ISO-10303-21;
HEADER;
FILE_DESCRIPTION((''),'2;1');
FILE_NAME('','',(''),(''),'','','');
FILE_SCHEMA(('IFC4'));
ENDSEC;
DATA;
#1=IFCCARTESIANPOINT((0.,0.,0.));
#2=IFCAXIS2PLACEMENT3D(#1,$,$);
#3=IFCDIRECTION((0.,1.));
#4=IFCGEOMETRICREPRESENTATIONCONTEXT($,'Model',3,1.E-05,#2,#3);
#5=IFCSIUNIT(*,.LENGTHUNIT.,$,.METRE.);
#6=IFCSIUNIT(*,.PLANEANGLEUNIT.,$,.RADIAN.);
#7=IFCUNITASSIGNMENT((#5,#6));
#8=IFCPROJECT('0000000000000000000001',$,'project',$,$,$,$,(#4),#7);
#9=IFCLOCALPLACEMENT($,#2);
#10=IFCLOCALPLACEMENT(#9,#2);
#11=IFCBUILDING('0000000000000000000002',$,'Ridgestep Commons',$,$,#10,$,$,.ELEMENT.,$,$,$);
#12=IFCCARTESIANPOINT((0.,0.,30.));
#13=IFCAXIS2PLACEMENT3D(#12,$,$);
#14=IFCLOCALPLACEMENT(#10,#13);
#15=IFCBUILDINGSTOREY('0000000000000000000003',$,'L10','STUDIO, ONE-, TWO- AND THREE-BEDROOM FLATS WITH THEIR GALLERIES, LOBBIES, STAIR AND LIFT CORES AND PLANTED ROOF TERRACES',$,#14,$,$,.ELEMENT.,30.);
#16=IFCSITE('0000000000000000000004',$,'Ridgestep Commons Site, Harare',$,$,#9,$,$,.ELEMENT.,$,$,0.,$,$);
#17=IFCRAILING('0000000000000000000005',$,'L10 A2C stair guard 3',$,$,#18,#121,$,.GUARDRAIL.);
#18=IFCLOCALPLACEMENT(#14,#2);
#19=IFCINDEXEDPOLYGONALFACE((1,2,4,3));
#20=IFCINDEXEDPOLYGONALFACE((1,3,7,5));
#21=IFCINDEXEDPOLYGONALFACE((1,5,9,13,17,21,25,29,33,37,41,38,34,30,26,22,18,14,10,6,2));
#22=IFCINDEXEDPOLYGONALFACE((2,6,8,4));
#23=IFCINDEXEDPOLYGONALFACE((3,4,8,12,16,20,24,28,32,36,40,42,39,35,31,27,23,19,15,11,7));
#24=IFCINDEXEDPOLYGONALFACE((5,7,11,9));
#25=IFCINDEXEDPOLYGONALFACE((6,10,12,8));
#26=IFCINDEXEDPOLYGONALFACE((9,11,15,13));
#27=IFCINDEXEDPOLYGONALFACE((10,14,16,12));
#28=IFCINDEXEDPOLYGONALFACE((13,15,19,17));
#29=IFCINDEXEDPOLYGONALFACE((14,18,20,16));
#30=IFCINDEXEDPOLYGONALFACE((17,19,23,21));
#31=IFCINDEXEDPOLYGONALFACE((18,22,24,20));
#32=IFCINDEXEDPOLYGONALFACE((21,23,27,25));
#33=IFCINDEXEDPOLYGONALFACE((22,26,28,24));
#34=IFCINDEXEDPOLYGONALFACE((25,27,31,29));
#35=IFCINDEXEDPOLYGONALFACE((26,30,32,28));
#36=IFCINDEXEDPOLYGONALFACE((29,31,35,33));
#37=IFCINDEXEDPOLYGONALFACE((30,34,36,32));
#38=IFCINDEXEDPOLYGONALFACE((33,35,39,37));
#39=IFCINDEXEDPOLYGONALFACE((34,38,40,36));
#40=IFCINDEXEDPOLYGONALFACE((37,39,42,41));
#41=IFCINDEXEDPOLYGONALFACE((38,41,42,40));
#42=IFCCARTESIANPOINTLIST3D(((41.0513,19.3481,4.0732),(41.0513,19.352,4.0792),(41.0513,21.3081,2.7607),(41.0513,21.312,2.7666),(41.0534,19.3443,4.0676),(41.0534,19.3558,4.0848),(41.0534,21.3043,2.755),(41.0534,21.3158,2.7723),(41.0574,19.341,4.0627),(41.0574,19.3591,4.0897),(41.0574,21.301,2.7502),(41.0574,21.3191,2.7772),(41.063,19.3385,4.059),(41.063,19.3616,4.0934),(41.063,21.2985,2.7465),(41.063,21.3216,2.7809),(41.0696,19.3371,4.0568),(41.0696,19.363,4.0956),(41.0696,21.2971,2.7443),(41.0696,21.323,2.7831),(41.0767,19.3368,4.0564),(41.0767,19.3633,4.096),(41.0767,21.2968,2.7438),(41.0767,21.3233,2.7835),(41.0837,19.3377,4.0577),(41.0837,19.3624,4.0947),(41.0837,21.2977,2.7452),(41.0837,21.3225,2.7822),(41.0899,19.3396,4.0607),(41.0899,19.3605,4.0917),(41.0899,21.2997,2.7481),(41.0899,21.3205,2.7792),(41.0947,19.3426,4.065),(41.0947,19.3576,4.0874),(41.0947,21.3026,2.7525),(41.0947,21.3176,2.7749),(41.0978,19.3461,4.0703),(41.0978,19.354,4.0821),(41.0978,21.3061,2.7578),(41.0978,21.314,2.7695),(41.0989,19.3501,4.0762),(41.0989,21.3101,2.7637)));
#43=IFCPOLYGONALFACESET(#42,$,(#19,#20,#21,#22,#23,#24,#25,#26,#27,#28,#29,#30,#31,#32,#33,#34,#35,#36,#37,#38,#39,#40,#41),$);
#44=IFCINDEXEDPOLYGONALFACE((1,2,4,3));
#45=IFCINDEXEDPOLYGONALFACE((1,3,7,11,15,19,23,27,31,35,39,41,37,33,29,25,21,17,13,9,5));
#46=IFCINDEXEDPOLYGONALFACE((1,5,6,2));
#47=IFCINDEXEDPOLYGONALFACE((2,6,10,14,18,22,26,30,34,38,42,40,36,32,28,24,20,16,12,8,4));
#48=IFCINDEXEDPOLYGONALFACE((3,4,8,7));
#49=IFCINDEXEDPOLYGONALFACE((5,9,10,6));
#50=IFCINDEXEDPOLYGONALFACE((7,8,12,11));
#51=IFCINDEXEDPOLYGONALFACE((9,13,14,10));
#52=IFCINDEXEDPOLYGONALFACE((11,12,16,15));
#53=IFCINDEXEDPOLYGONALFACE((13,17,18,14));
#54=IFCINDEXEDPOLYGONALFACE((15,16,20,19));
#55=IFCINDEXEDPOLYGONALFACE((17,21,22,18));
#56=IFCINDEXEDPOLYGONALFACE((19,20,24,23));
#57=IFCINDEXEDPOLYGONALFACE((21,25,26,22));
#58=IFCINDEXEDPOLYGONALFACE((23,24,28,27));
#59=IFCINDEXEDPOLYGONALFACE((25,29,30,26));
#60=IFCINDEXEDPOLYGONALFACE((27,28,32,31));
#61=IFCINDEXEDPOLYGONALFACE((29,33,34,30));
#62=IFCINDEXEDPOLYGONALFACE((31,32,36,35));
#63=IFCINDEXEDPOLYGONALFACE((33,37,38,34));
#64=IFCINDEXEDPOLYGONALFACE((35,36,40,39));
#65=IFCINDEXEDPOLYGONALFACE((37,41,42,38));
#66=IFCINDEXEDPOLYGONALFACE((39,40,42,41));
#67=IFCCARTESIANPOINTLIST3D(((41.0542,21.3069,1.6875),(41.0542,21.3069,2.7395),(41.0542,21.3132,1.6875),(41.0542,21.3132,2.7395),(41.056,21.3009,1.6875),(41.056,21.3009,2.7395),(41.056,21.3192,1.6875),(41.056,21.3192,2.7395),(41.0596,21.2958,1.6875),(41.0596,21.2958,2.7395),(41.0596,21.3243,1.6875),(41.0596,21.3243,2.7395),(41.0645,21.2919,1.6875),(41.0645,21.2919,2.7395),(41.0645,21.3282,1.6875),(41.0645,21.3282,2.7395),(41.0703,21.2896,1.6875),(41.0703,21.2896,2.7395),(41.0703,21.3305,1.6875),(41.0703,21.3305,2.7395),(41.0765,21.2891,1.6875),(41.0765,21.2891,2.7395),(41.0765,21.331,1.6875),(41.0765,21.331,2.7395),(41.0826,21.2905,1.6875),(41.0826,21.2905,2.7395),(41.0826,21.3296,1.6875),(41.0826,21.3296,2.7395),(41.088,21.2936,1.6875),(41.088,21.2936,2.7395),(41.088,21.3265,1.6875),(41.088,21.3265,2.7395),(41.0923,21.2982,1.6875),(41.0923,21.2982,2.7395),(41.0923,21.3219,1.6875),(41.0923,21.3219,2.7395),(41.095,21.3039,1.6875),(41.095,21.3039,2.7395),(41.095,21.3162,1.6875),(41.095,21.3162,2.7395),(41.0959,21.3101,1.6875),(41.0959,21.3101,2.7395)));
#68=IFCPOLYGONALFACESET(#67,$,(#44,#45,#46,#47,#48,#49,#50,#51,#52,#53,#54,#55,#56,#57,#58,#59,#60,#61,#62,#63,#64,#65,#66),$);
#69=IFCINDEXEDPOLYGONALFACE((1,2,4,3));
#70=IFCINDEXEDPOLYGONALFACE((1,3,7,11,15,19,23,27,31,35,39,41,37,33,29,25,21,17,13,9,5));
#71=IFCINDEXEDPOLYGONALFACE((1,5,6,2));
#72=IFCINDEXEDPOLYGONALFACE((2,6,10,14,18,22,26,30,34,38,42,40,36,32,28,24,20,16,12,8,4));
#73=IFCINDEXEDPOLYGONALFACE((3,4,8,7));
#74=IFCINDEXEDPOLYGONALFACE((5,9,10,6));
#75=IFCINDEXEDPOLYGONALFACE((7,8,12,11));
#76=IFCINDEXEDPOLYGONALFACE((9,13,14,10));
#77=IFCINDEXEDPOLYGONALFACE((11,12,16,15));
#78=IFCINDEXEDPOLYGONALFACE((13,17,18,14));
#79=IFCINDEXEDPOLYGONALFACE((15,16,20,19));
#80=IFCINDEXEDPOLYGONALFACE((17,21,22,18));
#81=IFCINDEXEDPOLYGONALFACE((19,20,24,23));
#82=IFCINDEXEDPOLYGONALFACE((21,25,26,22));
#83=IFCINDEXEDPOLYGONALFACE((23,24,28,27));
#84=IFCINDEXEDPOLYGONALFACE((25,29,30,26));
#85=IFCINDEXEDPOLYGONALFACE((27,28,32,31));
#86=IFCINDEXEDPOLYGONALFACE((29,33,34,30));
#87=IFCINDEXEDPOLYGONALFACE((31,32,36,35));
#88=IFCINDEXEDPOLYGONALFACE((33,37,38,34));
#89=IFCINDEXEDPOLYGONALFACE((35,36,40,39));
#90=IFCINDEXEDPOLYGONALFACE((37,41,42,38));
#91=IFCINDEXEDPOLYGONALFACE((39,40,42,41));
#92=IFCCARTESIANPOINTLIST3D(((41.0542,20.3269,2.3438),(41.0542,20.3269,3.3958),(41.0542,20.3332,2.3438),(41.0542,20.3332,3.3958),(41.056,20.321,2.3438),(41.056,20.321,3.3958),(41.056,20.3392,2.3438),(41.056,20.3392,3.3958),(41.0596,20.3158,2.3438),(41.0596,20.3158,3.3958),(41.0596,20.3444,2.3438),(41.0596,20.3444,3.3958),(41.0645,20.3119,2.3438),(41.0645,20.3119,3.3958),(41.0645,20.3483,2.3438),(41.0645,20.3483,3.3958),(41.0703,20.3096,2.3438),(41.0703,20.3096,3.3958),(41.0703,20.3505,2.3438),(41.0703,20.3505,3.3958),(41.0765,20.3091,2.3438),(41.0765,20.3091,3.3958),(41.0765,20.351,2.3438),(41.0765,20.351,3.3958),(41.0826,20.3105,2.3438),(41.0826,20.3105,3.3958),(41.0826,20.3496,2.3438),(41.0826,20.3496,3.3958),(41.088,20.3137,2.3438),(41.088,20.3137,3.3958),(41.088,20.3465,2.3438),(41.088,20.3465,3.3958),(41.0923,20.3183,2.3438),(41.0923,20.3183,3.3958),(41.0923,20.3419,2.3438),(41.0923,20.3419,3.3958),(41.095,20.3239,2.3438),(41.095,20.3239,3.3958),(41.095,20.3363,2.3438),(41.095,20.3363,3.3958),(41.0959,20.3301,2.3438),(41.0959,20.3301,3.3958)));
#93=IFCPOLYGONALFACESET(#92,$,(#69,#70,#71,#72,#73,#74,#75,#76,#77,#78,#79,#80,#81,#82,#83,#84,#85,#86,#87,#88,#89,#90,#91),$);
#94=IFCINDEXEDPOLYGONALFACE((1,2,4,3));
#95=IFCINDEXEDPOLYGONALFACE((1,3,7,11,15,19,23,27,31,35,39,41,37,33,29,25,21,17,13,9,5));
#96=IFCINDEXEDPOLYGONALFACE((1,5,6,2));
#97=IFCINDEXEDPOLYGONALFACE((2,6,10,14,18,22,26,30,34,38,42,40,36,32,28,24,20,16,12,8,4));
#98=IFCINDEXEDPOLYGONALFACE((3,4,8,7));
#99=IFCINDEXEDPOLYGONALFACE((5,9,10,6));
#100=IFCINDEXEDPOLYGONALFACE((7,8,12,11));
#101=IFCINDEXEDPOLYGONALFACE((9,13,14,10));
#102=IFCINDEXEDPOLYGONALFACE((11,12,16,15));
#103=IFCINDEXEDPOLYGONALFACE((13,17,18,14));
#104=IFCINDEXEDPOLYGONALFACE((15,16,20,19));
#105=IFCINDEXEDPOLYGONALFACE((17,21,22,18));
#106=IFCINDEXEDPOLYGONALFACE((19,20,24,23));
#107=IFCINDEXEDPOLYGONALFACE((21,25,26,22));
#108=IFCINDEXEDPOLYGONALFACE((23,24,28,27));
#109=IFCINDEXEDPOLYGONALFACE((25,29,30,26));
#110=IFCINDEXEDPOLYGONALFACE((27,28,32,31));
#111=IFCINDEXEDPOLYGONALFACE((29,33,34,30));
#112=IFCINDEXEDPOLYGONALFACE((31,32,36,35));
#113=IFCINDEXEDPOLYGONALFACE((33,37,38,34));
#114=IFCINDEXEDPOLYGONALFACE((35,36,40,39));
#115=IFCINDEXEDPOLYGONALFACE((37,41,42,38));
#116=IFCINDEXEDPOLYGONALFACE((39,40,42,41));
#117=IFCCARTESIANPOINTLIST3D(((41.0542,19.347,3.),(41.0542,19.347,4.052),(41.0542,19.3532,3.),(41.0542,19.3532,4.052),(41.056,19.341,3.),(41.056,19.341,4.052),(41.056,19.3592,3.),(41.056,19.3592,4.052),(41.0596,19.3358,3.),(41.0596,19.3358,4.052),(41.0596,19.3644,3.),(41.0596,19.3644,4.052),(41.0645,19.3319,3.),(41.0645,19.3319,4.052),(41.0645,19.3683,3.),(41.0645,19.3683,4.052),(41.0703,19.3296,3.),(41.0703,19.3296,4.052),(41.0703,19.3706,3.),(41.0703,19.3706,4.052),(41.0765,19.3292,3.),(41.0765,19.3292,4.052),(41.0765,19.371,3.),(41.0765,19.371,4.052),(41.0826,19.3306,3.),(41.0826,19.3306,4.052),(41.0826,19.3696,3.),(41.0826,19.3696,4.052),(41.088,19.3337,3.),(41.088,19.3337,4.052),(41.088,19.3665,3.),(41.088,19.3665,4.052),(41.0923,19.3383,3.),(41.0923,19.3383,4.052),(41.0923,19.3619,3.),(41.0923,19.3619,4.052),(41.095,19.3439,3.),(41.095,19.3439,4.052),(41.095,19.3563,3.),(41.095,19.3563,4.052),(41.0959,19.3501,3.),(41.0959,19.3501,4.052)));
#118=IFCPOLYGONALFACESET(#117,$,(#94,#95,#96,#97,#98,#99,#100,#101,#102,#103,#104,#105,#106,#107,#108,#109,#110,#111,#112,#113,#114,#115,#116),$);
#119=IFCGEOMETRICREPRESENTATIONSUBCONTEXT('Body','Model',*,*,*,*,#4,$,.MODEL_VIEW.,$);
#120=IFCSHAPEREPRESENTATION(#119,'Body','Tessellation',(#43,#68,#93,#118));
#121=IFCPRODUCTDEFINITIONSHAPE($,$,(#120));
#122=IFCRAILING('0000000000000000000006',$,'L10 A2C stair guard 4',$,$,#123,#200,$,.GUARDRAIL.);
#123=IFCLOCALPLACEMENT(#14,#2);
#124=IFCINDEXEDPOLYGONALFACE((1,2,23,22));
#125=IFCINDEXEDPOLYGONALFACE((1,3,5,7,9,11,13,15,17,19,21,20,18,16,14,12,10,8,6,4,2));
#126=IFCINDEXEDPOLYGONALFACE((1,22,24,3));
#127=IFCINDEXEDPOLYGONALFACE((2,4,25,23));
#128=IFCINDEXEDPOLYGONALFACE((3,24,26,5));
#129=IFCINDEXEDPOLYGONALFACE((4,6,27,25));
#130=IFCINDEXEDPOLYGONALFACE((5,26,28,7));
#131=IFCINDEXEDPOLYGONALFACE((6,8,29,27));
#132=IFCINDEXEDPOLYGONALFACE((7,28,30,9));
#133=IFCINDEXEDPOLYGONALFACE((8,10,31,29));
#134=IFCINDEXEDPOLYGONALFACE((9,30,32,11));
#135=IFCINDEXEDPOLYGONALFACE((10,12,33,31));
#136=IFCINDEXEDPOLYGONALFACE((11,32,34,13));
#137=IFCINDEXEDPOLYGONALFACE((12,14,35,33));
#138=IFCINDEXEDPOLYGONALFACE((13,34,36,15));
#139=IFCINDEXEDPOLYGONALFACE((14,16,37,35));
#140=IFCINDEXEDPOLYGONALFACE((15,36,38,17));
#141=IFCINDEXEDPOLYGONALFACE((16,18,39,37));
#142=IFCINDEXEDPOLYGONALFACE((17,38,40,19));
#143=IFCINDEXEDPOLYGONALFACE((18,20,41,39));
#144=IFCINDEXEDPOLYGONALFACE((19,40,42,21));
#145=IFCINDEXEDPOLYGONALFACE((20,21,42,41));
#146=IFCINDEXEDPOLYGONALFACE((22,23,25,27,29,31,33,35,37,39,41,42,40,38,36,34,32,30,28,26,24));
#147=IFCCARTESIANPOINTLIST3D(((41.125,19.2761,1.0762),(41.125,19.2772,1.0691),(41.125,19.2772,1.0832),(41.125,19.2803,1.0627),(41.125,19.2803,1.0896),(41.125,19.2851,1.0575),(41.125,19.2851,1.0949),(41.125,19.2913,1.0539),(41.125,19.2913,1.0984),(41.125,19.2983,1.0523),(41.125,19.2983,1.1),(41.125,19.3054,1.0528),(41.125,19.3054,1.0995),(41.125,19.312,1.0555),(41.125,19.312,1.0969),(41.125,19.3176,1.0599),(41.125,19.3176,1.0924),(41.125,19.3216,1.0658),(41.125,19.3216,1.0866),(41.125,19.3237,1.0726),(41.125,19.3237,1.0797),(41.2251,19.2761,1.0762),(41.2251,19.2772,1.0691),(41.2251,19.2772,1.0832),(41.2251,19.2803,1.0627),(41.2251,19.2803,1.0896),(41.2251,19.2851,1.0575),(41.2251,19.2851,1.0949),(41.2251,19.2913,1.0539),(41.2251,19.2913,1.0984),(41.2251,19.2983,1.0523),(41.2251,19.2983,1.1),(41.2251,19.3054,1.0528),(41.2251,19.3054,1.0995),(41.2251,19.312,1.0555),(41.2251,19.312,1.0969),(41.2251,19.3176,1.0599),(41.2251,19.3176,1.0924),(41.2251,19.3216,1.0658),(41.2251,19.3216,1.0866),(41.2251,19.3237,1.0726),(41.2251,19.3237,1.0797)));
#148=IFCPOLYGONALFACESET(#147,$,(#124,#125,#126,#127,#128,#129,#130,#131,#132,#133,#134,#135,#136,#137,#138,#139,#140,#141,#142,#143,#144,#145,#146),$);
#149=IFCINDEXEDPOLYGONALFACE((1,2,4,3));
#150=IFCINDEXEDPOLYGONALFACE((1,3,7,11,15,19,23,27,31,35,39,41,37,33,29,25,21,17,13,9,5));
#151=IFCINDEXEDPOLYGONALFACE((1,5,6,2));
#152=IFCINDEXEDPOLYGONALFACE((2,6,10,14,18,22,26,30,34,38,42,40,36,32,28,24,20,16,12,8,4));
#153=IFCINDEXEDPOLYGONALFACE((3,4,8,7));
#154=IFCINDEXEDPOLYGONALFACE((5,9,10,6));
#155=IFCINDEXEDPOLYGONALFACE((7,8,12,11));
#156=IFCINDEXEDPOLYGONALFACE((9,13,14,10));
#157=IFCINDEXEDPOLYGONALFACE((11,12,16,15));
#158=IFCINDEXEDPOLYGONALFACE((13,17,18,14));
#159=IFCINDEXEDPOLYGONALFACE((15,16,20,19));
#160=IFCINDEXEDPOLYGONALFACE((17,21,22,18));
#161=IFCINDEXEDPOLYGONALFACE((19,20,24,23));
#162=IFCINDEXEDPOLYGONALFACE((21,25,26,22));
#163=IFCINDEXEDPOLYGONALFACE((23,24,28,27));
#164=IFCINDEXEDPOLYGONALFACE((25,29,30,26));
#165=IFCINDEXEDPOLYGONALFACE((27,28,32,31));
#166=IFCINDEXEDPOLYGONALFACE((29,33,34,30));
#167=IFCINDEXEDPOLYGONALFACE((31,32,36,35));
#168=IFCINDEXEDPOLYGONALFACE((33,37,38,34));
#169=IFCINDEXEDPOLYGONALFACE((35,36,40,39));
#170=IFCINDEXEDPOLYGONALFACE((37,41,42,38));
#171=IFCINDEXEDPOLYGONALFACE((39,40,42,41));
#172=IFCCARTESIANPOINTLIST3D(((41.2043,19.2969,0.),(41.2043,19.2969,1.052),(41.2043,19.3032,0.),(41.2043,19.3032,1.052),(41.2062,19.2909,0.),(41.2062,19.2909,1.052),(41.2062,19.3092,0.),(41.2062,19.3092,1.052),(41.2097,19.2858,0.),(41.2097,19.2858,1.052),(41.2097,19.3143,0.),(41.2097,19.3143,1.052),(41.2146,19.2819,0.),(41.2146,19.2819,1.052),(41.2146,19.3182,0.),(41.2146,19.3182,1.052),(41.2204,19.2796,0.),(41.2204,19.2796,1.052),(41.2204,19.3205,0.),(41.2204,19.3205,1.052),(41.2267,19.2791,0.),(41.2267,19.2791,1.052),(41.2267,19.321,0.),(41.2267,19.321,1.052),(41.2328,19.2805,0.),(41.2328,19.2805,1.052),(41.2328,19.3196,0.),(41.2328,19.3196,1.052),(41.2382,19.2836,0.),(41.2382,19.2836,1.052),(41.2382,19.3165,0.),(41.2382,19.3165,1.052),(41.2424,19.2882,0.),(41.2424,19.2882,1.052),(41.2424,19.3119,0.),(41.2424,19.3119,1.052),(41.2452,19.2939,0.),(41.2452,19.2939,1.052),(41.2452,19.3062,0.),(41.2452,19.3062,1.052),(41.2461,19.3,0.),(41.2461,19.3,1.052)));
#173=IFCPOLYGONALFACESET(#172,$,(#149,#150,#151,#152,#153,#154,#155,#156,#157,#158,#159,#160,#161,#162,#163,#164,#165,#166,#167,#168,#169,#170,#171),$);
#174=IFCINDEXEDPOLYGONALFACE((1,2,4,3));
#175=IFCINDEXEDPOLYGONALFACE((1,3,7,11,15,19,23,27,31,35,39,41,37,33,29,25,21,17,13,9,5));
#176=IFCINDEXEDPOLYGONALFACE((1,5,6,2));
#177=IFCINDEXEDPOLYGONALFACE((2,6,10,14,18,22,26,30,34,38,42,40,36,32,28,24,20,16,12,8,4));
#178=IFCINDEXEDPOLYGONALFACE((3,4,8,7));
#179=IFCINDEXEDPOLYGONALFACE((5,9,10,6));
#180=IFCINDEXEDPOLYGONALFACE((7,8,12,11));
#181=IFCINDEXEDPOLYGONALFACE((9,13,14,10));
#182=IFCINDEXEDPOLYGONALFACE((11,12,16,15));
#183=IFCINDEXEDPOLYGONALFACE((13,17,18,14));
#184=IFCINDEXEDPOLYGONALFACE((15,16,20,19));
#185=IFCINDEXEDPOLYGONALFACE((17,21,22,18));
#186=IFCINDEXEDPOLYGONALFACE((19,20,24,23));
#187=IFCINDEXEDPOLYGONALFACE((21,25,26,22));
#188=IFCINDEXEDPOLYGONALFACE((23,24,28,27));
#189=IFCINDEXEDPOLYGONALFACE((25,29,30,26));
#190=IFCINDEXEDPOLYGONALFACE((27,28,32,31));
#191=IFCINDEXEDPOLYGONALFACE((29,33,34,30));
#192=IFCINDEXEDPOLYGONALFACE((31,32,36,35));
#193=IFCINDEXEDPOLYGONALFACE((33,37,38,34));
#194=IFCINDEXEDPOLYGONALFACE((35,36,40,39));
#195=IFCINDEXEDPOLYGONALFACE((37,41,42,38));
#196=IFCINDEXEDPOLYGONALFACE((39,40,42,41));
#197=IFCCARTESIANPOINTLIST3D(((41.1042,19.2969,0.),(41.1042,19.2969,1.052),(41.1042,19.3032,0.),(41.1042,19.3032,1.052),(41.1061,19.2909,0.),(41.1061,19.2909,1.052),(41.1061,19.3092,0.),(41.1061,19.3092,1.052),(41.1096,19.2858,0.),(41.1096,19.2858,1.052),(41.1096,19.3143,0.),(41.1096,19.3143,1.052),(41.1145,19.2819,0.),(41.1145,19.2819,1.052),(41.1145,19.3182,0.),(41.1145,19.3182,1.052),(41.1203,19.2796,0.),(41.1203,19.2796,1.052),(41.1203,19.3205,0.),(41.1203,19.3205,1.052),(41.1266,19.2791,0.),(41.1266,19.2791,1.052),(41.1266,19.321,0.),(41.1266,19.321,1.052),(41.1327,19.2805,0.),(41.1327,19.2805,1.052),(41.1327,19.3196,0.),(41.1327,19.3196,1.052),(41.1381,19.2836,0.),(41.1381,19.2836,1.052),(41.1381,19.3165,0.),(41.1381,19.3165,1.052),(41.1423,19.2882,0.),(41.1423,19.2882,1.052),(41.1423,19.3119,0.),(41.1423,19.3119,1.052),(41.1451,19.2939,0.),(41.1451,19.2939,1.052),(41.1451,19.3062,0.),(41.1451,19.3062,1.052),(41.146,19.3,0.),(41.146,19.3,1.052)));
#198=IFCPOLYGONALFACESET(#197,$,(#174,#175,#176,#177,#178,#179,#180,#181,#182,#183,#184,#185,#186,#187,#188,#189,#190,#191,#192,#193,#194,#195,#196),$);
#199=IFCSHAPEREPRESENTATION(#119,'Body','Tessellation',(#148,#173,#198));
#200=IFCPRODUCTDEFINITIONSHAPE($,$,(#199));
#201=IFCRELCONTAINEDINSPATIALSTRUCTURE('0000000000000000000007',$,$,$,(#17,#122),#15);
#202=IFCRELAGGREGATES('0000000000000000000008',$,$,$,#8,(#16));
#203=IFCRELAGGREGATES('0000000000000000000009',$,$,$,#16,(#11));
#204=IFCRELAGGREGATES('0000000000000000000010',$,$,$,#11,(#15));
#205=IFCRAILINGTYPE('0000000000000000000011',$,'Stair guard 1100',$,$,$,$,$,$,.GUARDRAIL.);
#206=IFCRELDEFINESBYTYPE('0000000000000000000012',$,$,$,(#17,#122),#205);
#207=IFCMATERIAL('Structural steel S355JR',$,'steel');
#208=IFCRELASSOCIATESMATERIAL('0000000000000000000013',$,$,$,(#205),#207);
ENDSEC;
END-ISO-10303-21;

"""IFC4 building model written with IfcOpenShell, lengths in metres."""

from ifc_helpers import new_model, si_unit, direction, frame, origin, origin_2d, place, context, subcontext, project, spatial, circle, extrude, material, type_object, element, save


model = new_model("IFC4")

# Units and contexts
model_context = context("Model", 3, precision=1e-05, world=origin(), true_north=direction((0.0, 1.0)))
body_context = subcontext(model_context, "Body", "Model", "MODEL_VIEW")
ifc_project = project(units=[si_unit("LENGTHUNIT", "METRE"), si_unit("PLANEANGLEUNIT", "RADIAN")], contexts=[model_context])

# Site, building, storey
site_placement = place(None, origin())
site = spatial("IfcSite", under=ifc_project, at=site_placement, Name="Ridgestep Commons Site, Harare", CompositionType="ELEMENT", RefElevation=0.0)
building_placement = place(site_placement, origin())
building = spatial("IfcBuilding", under=site, at=building_placement, Name="Ridgestep Commons", CompositionType="ELEMENT")
storey_placement = place(building_placement, frame((0.0, 0.0, 30.0)))
storey = spatial("IfcBuildingStorey", under=building, at=storey_placement, Name="L10", Description="STUDIO, ONE-, TWO- AND THREE-BEDROOM FLATS WITH THEIR GALLERIES, LOBBIES, STAIR AND LIFT CORES AND PLANTED ROOF TERRACES", CompositionType="ELEMENT", Elevation=30.0)

# Railings
ifc_material_1 = material(Name="Structural steel S355JR", Category="steel")
railing_type_1 = type_object("IfcRailingType", Name="Stair guard 1100", PredefinedType="GUARDRAIL", material=ifc_material_1)
railing_1_placement = place(storey_placement, frame((41.075, 21.3101, 1.6875)))
element("IfcRailing", 1, at=railing_1_placement, inside=storey, type_object=railing_type_1, Name="L10 A2C stair guard 3", PredefinedType="GUARDRAIL", context=body_context, shape_type="SweptSolid", body=[
    extrude(circle(Radius=0.0239, at=origin_2d()), frame((0.0, 0.0, 1.0762), z_axis=(0.0, -0.830902, 0.556419), x_axis=(1.0, 0.0, 0.0)), (0.0, 0.0, 1.0), 2.3589),
    extrude(circle(Radius=0.021, at=origin_2d()), origin(), (0.0, 0.0, 1.0), 1.052),
    extrude(circle(Radius=0.021, at=origin_2d()), frame((0.0, -0.98, 0.6562)), (0.0, 0.0, 1.0), 1.052),
    extrude(circle(Radius=0.021, at=origin_2d()), frame((0.0, -1.96, 1.3125)), (0.0, 0.0, 1.0), 1.052),
])
railing_2_placement = place(storey_placement, frame((41.2251, 19.3, 0.0)))
element("IfcRailing", 2, at=railing_2_placement, inside=storey, type_object=railing_type_1, Name="L10 A2C stair guard 4", PredefinedType="GUARDRAIL", context=body_context, shape_type="SweptSolid", body=[
    extrude(circle(Radius=0.0239, at=origin_2d()), frame((0.0, 0.0, 1.0762), z_axis=(-1.0, 0.0, 0.0), x_axis=(0.0, -1.0, 0.0)), (0.0, 0.0, 1.0), 0.1001),
    extrude(circle(Radius=0.021, at=origin_2d()), origin(), (0.0, 0.0, 1.0), 1.052),
    extrude(circle(Radius=0.021, at=origin_2d()), frame((-0.1001, 0.0, 0.0)), (0.0, 0.0, 1.0), 1.052),
])

save(model, "model.ifc")
